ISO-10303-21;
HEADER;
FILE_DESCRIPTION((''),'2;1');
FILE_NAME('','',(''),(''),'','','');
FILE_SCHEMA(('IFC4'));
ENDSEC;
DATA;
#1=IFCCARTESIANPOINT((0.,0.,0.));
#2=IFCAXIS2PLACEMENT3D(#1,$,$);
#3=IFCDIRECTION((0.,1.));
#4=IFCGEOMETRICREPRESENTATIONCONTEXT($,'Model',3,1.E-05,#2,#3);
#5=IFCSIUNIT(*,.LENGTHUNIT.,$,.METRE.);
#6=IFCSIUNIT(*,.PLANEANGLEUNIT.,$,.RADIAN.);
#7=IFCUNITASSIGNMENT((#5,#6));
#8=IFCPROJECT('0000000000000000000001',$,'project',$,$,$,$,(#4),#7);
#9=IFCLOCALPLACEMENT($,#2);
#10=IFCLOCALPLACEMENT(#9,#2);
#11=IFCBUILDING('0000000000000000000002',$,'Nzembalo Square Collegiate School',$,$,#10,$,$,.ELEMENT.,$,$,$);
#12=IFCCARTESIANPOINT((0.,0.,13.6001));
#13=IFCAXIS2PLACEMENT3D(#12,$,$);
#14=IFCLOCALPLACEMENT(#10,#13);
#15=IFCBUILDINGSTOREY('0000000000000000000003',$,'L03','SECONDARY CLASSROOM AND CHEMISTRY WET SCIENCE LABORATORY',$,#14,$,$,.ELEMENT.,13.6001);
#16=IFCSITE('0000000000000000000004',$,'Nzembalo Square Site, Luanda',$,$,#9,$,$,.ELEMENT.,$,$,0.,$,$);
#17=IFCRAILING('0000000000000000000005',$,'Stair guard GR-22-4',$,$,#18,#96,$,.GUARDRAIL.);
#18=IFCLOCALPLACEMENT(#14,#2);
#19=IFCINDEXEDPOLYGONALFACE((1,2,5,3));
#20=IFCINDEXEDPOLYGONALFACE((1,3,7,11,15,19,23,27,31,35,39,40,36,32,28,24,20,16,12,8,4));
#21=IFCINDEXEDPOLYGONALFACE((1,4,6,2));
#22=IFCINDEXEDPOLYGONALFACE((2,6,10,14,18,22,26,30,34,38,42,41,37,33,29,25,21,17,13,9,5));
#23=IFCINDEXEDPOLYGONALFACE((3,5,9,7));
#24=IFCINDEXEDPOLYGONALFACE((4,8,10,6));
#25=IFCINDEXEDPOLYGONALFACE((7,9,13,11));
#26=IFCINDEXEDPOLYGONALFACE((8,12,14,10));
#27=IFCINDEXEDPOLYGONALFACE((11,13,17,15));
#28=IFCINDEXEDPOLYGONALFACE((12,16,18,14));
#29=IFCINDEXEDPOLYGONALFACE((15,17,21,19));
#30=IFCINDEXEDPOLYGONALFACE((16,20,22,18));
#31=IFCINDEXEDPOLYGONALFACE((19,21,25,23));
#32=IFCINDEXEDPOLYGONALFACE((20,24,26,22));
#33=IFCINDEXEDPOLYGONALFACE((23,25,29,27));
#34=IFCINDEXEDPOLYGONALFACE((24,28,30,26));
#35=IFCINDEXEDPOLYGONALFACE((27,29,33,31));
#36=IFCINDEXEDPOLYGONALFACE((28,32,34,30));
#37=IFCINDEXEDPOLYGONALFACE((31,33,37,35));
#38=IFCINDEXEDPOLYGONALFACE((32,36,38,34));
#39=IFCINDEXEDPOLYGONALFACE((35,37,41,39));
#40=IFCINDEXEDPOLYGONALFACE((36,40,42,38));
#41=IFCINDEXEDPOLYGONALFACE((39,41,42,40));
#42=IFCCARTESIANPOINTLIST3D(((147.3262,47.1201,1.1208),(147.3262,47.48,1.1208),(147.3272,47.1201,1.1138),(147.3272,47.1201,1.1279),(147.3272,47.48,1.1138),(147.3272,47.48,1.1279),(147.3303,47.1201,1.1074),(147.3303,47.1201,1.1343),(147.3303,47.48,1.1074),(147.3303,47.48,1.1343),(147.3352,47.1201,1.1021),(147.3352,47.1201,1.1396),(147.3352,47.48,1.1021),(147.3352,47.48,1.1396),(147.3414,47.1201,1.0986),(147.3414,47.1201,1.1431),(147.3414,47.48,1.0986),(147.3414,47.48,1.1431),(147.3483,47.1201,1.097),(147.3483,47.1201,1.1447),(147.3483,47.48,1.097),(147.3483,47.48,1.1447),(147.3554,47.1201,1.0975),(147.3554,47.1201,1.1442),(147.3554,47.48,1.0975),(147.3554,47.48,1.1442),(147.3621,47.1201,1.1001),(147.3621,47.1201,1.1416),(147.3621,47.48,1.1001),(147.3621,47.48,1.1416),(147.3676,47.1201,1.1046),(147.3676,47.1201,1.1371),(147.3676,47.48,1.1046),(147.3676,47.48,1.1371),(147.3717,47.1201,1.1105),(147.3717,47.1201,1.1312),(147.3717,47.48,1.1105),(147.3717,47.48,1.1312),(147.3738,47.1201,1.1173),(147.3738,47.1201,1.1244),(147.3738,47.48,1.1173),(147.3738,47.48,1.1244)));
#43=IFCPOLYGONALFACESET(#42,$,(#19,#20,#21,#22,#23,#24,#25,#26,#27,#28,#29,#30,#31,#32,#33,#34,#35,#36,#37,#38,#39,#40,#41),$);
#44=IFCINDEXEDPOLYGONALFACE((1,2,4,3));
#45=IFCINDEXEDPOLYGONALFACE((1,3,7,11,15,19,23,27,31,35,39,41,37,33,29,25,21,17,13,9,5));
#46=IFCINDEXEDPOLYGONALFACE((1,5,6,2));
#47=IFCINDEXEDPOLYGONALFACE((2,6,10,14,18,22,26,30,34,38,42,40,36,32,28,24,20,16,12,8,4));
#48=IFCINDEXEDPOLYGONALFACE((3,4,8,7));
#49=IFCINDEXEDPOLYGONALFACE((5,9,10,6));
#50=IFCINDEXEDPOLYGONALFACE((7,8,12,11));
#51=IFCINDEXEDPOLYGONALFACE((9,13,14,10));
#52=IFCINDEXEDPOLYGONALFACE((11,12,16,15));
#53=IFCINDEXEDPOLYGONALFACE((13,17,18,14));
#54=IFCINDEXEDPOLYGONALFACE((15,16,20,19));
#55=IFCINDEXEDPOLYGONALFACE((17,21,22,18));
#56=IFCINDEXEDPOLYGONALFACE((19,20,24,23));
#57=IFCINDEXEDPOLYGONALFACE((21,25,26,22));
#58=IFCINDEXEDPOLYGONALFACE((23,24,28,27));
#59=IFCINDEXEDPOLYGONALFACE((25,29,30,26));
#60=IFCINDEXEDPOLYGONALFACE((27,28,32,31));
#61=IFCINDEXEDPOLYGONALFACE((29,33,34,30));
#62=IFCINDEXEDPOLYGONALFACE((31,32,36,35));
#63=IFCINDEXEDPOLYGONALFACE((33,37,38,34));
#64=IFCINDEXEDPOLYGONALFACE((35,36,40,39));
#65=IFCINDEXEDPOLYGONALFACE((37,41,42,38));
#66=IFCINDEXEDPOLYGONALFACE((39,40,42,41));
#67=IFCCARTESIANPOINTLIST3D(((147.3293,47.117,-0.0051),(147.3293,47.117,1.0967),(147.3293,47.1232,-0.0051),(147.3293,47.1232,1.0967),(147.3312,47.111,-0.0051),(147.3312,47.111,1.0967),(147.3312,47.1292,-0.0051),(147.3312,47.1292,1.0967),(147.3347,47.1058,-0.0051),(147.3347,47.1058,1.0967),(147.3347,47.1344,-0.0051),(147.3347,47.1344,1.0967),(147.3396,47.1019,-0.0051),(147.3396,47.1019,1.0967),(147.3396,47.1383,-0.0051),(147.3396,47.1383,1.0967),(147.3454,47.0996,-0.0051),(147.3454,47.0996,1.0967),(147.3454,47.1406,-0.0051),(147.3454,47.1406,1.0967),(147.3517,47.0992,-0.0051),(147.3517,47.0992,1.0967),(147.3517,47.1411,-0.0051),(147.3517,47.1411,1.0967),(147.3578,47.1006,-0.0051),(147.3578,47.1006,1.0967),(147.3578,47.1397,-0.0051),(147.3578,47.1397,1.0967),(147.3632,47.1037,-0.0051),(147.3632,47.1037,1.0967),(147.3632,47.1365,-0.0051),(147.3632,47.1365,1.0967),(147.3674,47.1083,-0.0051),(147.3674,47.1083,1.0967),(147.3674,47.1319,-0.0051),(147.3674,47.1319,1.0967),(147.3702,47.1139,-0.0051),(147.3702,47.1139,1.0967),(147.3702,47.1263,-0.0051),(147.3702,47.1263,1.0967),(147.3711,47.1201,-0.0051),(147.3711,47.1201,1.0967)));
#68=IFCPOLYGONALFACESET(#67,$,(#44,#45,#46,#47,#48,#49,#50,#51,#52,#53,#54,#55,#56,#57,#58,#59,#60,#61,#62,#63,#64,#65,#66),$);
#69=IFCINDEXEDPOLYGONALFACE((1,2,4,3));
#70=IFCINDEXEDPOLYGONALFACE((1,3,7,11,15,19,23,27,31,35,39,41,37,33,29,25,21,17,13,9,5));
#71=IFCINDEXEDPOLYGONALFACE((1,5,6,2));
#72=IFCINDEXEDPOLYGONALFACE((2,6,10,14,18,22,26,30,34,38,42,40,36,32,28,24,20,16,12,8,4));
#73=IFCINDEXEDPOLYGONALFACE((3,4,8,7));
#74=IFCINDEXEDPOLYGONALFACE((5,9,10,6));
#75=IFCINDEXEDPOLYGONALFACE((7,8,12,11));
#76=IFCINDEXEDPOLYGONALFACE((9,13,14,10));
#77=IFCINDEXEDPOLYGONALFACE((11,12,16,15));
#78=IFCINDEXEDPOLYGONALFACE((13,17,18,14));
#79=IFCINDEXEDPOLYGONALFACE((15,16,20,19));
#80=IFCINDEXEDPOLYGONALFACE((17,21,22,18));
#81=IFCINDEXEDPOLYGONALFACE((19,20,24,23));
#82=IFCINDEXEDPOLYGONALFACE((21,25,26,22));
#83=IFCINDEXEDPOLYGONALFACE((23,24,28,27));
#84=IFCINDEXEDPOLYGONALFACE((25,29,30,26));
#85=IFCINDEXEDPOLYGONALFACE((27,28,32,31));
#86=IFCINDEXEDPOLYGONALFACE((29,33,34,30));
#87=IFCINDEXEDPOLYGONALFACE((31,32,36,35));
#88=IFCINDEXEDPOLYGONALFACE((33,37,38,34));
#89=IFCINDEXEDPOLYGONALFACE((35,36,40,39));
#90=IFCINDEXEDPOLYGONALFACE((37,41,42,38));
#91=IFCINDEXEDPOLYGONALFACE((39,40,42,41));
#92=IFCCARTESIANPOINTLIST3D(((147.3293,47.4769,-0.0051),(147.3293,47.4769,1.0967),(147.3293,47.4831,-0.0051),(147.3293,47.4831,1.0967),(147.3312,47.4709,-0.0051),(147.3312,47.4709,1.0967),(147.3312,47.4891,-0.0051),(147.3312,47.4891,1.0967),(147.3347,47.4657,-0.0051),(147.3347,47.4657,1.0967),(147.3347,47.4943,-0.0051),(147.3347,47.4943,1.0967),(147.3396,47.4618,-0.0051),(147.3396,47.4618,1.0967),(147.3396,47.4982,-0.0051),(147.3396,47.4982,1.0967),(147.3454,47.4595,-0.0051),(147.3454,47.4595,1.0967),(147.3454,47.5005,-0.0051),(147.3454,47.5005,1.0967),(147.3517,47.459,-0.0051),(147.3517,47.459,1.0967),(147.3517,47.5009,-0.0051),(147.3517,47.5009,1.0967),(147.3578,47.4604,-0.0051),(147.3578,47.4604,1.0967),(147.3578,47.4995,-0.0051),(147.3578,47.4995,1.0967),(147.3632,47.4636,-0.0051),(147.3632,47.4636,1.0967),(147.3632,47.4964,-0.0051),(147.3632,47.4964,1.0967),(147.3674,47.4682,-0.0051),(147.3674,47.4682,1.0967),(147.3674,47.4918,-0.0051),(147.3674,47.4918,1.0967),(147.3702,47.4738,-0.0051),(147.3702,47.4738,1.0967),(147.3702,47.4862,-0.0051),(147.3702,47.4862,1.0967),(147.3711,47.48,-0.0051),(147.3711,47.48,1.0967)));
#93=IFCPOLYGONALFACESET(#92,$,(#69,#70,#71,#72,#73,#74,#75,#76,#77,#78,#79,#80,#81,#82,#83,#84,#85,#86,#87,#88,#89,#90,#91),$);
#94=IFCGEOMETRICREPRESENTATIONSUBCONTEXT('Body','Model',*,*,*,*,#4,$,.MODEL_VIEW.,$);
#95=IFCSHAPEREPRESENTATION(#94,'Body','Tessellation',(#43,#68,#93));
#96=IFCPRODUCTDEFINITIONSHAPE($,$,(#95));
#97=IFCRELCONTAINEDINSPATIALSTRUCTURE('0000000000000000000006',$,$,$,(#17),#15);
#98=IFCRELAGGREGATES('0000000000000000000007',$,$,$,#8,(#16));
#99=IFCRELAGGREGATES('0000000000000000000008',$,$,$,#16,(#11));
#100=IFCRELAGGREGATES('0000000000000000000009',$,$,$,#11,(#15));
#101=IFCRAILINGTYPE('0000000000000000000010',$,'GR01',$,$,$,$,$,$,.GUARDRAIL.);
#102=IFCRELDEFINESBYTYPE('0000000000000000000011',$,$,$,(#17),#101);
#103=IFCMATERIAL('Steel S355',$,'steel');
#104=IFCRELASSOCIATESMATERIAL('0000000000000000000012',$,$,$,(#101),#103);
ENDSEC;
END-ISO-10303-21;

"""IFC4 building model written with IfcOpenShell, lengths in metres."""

from ifc_helpers import new_model, si_unit, direction, frame, origin, origin_2d, place, context, subcontext, project, spatial, circle, extrude, material, type_object, element, save


model = new_model("IFC4")

# Units and contexts
model_context = context("Model", 3, precision=1e-05, world=origin(), true_north=direction((0.0, 1.0)))
body_context = subcontext(model_context, "Body", "Model", "MODEL_VIEW")
ifc_project = project(units=[si_unit("LENGTHUNIT", "METRE"), si_unit("PLANEANGLEUNIT", "RADIAN")], contexts=[model_context])

# Site, building, storey
site_placement = place(None, origin())
site = spatial("IfcSite", under=ifc_project, at=site_placement, Name="Nzembalo Square Site, Luanda", CompositionType="ELEMENT", RefElevation=0.0)
building_placement = place(site_placement, origin())
building = spatial("IfcBuilding", under=site, at=building_placement, Name="Nzembalo Square Collegiate School", CompositionType="ELEMENT")
storey_placement = place(building_placement, frame((0.0, 0.0, 13.6001)))
storey = spatial("IfcBuildingStorey", under=building, at=storey_placement, Name="L03", Description="SECONDARY CLASSROOM AND CHEMISTRY WET SCIENCE LABORATORY", CompositionType="ELEMENT", Elevation=13.6001)

# Railing
ifc_material_1 = material(Name="Steel S355", Category="steel")
railing_type_1 = type_object("IfcRailingType", Name="GR01", PredefinedType="GUARDRAIL", material=ifc_material_1)
railing_1_placement = place(storey_placement, frame((147.3501, 47.1201, -0.0051)))
element("IfcRailing", 1, at=railing_1_placement, inside=storey, type_object=railing_type_1, Name="Stair guard GR-22-4", PredefinedType="GUARDRAIL", context=body_context, shape_type="SweptSolid", body=[
    extrude(circle(Radius=0.0239, at=origin_2d()), frame((0.0, 0.0, 1.126), z_axis=(0.0, 1.0, 0.0), x_axis=(-1.0, 0.0, 0.0)), (0.0, 0.0, 1.0), 0.3599),
    extrude(circle(Radius=0.021, at=origin_2d()), origin(), (0.0, 0.0, 1.0), 1.1018),
    extrude(circle(Radius=0.021, at=origin_2d()), frame((0.0, 0.3599, 0.0)), (0.0, 0.0, 1.0), 1.1018),
])

save(model, "model.ifc")
